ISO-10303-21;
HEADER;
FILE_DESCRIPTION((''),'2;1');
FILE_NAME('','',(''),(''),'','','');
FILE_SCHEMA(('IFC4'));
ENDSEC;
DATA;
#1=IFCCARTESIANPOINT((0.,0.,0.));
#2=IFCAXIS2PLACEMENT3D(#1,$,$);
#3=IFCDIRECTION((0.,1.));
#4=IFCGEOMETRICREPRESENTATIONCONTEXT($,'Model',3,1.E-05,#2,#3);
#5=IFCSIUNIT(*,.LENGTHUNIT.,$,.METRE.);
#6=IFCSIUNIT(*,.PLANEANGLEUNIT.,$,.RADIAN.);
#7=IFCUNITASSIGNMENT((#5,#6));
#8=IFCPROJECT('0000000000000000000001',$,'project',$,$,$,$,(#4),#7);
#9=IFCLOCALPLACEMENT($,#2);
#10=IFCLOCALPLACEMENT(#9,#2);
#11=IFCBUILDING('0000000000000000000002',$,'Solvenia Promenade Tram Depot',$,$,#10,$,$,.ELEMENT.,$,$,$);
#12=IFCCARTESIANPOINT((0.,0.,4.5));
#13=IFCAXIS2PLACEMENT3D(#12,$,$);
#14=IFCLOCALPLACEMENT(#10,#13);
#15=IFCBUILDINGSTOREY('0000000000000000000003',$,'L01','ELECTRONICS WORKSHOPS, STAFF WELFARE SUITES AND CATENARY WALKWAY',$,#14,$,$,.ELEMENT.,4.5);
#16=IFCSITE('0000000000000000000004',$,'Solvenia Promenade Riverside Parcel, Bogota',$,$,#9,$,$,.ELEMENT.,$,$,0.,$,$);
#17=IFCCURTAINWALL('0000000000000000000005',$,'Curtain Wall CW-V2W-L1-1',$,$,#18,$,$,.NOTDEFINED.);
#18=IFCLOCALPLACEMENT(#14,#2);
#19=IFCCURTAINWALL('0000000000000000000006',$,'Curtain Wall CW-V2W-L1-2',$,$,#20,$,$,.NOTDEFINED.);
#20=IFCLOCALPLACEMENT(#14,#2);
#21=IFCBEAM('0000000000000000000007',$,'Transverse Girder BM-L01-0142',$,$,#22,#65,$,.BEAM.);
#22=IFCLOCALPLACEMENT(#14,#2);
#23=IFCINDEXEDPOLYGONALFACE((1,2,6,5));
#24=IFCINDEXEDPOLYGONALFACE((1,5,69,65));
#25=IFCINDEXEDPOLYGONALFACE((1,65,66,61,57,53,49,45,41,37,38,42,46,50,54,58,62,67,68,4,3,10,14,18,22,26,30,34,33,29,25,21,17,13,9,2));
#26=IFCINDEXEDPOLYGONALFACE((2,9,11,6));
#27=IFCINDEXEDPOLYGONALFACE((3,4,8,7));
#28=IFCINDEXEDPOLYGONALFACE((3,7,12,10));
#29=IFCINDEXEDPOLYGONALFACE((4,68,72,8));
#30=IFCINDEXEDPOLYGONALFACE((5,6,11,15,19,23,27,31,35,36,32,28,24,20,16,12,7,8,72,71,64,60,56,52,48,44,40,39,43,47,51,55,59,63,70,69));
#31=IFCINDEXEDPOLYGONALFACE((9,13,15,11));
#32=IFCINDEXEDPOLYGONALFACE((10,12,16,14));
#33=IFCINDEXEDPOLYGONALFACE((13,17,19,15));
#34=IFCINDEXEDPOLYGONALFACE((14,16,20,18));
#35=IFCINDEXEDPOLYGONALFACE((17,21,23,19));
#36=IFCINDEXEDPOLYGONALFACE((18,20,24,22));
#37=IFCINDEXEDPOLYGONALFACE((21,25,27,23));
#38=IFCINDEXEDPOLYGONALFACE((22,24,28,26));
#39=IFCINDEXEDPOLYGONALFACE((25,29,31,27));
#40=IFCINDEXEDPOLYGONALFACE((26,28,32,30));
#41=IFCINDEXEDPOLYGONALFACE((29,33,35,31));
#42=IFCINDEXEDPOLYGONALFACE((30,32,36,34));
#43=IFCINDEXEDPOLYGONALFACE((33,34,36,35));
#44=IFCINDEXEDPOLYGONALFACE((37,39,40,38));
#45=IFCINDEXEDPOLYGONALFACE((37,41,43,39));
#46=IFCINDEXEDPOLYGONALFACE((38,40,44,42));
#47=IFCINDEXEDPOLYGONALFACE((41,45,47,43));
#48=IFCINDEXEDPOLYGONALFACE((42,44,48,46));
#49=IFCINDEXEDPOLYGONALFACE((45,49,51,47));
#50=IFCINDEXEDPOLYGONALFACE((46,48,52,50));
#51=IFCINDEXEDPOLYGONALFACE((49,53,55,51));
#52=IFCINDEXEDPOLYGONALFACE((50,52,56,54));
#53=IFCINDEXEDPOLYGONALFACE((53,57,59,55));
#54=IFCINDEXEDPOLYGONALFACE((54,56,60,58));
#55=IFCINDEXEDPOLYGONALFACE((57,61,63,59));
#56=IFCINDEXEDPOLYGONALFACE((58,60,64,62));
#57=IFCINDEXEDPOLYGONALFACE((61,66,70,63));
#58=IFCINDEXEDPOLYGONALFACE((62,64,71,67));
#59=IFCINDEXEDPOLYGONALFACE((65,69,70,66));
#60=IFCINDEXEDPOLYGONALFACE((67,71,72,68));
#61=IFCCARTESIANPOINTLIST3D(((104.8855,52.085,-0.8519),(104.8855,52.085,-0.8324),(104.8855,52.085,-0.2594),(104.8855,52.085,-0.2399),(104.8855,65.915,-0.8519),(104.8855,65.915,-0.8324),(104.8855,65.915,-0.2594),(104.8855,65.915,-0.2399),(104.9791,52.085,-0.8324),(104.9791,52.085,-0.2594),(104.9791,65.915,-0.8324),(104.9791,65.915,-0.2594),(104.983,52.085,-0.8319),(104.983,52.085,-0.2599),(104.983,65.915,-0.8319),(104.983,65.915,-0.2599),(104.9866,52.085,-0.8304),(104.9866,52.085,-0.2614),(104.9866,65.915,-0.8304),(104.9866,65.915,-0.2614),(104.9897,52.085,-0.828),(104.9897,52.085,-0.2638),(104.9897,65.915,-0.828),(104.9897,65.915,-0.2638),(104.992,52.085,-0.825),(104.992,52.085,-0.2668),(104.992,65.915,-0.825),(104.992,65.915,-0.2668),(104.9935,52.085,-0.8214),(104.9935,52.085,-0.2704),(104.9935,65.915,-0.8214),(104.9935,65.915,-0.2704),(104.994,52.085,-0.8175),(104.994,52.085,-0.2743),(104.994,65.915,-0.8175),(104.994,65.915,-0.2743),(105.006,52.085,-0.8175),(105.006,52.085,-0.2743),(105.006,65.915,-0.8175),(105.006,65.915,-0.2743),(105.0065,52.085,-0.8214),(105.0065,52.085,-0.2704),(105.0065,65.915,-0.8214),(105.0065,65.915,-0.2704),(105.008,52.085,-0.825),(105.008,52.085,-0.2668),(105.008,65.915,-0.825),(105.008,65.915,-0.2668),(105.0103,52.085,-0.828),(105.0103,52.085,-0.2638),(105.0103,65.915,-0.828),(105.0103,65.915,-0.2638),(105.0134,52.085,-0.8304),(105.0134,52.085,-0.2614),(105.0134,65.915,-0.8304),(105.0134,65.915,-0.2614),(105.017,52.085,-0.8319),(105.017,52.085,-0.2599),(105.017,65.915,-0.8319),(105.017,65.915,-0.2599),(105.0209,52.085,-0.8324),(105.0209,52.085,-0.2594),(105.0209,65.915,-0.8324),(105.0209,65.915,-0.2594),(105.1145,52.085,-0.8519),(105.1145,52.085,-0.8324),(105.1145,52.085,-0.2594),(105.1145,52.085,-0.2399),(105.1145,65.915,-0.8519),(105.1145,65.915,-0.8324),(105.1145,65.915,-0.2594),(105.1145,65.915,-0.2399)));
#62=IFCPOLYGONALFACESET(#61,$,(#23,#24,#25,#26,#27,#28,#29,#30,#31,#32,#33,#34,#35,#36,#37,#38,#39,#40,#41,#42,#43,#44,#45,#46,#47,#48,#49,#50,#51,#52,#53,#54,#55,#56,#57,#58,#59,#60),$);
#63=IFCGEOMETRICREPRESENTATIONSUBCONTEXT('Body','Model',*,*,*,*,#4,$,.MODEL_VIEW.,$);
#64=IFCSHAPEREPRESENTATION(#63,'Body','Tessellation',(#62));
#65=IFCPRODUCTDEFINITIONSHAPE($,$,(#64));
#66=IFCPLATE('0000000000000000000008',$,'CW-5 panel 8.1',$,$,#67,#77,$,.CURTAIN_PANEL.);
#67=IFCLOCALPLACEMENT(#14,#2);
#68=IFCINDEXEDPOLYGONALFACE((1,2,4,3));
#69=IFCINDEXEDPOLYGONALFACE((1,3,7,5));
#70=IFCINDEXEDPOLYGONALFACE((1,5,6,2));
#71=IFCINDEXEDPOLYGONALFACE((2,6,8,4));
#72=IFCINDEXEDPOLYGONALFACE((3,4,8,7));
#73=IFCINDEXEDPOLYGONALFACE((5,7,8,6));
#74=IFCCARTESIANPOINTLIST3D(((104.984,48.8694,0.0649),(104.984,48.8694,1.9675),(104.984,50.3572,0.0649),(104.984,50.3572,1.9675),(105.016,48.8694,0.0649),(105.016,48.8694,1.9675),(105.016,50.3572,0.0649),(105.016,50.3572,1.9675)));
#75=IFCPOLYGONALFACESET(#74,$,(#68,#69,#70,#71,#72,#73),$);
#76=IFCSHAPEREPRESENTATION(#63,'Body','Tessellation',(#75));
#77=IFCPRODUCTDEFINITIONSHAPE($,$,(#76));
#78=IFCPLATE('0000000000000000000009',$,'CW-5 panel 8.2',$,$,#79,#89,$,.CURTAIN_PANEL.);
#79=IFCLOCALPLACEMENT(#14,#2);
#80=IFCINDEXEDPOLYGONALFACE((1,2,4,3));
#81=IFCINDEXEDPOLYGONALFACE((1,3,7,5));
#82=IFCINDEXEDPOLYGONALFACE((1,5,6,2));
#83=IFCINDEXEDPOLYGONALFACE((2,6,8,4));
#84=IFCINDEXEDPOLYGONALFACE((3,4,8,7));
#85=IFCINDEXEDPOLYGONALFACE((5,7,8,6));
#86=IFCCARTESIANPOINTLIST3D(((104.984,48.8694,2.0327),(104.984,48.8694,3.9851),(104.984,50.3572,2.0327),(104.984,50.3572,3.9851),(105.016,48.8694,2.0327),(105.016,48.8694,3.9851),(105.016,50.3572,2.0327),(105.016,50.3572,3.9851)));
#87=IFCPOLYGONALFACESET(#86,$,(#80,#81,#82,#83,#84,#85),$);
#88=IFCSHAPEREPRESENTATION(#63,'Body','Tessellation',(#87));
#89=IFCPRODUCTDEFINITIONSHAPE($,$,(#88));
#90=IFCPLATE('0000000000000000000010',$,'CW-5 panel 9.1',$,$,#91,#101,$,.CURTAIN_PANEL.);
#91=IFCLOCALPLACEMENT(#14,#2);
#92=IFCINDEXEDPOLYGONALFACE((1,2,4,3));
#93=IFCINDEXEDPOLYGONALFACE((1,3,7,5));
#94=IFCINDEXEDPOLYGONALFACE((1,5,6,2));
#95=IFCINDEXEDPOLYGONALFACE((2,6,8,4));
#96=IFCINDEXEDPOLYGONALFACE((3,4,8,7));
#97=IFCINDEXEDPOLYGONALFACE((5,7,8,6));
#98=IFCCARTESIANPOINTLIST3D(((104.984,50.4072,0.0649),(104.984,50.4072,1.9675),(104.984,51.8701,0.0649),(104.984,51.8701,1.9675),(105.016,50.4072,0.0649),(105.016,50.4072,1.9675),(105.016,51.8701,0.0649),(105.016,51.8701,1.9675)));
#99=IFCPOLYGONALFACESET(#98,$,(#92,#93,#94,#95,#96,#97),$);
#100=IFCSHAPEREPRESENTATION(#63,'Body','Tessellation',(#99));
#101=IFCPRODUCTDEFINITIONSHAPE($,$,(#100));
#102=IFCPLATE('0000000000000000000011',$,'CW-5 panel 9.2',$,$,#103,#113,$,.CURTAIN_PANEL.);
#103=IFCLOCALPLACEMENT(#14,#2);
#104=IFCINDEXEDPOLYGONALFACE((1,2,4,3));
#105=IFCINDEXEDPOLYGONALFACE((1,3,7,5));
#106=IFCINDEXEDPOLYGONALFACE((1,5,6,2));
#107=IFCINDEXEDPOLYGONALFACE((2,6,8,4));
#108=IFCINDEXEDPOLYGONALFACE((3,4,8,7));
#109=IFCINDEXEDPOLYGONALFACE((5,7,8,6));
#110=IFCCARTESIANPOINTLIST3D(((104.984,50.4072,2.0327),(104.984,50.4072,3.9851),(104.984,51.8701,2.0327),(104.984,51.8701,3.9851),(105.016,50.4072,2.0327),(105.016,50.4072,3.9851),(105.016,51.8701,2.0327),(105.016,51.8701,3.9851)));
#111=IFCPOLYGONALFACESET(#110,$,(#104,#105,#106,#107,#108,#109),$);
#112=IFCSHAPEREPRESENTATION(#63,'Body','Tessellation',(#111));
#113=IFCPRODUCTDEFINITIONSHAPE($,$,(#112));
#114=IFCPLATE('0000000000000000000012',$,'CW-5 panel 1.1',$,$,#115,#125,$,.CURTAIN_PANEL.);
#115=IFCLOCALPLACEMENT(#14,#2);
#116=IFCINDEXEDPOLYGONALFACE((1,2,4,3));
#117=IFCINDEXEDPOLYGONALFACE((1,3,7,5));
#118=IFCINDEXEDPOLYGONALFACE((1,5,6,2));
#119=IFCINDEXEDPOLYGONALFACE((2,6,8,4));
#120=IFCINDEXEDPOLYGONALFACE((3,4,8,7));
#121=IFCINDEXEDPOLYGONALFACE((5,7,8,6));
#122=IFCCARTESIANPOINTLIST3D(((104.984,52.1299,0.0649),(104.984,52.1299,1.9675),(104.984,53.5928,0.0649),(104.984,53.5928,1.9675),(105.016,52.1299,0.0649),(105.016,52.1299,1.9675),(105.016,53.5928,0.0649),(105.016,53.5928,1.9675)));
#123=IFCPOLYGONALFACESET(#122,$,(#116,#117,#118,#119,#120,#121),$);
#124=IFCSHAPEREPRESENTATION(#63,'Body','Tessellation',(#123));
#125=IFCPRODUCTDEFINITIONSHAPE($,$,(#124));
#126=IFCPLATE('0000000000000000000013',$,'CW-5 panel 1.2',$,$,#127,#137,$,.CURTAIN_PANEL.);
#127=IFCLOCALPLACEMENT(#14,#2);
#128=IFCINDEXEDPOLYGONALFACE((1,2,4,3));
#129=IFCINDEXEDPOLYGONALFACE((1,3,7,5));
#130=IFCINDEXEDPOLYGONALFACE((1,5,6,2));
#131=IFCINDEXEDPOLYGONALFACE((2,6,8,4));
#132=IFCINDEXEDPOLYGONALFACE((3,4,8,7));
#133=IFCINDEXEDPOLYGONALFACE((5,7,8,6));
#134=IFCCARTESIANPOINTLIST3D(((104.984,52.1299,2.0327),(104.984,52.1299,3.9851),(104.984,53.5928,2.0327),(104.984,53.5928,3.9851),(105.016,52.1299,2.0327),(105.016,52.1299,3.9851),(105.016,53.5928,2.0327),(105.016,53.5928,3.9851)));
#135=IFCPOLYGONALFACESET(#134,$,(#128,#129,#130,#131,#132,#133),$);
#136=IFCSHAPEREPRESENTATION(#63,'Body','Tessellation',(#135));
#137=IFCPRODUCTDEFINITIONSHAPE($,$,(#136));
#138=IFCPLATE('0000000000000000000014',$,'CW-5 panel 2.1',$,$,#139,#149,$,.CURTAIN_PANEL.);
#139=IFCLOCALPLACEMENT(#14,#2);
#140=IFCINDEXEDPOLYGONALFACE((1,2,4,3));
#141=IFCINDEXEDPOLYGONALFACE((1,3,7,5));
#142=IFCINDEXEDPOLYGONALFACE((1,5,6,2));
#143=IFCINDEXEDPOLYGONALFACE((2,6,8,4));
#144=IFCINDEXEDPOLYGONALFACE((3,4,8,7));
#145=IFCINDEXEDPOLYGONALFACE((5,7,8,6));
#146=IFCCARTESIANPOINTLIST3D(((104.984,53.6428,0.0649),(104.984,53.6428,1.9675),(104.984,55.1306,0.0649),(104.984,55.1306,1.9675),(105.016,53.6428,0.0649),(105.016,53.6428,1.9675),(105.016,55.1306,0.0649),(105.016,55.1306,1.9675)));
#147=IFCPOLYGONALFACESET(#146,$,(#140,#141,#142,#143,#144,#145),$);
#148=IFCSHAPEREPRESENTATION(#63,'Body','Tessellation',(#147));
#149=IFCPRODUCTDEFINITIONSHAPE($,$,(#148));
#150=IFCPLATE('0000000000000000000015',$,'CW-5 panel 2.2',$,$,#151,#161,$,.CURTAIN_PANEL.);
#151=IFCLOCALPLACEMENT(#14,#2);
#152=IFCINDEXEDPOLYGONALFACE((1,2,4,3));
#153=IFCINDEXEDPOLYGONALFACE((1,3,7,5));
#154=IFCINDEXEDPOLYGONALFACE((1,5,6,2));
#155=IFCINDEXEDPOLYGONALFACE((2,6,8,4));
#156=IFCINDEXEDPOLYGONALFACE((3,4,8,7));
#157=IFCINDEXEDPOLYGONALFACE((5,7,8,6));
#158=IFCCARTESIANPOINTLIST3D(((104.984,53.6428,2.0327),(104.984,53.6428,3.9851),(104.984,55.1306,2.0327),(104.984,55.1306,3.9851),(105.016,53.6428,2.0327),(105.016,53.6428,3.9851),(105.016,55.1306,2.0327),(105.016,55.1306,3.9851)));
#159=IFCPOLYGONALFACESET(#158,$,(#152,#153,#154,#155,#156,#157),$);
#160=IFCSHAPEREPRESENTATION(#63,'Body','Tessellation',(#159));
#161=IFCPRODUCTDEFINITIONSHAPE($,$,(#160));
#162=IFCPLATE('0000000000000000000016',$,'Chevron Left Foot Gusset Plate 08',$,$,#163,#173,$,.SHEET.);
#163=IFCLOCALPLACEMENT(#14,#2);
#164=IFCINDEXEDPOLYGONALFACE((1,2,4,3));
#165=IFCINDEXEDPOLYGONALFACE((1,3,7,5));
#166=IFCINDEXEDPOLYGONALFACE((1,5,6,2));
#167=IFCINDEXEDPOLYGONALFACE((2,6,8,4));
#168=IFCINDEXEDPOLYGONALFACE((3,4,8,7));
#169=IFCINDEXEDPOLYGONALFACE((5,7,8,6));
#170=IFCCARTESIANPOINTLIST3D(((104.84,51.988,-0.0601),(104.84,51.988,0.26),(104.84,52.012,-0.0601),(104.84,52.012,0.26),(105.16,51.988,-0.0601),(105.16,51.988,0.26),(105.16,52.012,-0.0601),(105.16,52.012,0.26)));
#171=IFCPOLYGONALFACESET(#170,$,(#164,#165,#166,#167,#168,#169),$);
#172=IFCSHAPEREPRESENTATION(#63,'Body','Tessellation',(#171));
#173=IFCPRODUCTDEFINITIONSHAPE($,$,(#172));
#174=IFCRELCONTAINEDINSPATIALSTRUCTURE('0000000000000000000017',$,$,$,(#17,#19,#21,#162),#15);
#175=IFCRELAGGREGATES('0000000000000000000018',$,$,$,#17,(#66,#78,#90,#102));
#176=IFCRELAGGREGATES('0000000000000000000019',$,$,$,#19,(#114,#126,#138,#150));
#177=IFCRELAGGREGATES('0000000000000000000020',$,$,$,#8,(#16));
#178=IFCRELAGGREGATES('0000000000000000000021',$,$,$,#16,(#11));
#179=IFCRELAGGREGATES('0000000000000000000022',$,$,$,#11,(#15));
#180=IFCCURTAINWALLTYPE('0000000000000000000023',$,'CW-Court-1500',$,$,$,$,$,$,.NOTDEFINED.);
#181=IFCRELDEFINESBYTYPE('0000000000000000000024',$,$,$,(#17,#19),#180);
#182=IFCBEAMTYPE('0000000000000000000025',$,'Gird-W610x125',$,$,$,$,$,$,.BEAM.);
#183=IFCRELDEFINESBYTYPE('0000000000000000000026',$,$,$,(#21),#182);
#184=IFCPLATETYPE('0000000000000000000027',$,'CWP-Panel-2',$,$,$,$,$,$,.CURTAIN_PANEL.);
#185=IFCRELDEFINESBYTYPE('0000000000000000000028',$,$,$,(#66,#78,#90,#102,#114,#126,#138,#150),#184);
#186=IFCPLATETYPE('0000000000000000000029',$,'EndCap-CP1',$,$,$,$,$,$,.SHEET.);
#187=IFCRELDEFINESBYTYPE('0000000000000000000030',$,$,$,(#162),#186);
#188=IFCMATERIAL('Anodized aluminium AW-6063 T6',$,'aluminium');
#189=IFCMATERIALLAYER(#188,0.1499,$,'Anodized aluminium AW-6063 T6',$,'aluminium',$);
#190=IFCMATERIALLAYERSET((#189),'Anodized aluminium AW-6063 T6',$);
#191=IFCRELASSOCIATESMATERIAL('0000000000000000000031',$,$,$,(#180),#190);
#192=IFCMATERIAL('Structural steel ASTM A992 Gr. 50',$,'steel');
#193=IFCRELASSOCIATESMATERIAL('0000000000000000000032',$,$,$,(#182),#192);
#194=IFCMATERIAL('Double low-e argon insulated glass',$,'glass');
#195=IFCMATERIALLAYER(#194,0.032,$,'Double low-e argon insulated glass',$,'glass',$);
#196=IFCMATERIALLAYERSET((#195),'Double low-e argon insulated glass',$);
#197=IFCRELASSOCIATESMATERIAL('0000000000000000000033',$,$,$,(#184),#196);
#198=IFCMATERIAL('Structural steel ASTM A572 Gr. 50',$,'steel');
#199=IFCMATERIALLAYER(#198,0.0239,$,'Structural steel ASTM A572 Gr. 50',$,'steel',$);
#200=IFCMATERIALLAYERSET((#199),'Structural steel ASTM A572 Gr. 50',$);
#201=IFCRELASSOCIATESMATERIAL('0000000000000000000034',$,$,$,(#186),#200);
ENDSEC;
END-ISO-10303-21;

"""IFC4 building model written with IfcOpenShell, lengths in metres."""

from ifc_helpers import new_model, si_unit, direction, frame, origin, origin_2d, place, context, subcontext, project, spatial, rectangle, i_section, extrude, material, layer, layer_set, material_profile, profile_set, type_object, element, aggregate, save


model = new_model("IFC4")

# Units and contexts
model_context = context("Model", 3, precision=1e-05, world=origin(), true_north=direction((0.0, 1.0)))
body_context = subcontext(model_context, "Body", "Model", "MODEL_VIEW")
ifc_project = project(units=[si_unit("LENGTHUNIT", "METRE"), si_unit("PLANEANGLEUNIT", "RADIAN")], contexts=[model_context])

# Site, building, storey
site_placement = place(None, origin())
site = spatial("IfcSite", under=ifc_project, at=site_placement, Name="Solvenia Promenade Riverside Parcel, Bogota", CompositionType="ELEMENT", RefElevation=0.0)
building_placement = place(site_placement, origin())
building = spatial("IfcBuilding", under=site, at=building_placement, Name="Solvenia Promenade Tram Depot", CompositionType="ELEMENT")
storey_placement = place(building_placement, frame((0.0, 0.0, 4.5)))
storey = spatial("IfcBuildingStorey", under=building, at=storey_placement, Name="L01", Description="ELECTRONICS WORKSHOPS, STAFF WELFARE SUITES AND CATENARY WALKWAY", CompositionType="ELEMENT", Elevation=4.5)

# Shared definitions
ifc_material_1 = material(Name="Structural steel ASTM A992 Gr. 50", Category="steel")

# Curtain walls
ifc_material_2 = material(Name="Anodized aluminium AW-6063 T6", Category="aluminium")
ifc_layer_1 = layer(ifc_material_2, 0.1499, Name="Anodized aluminium AW-6063 T6", Category="aluminium")
ifc_layer_set_1 = layer_set([ifc_layer_1], Name="Anodized aluminium AW-6063 T6")
curtain_wall_type = type_object("IfcCurtainWallType", Name="CW-Court-1500", PredefinedType="NOTDEFINED", material=ifc_layer_set_1)
curtain_wall_1_placement = place(storey_placement, origin())
curtain_wall_1 = element("IfcCurtainWall", 1, at=curtain_wall_1_placement, inside=storey, type_object=curtain_wall_type, Name="Curtain Wall CW-V2W-L1-1", PredefinedType="NOTDEFINED")
curtain_wall_2_placement = place(storey_placement, origin())
curtain_wall_2 = element("IfcCurtainWall", 2, at=curtain_wall_2_placement, inside=storey, type_object=curtain_wall_type, Name="Curtain Wall CW-V2W-L1-2", PredefinedType="NOTDEFINED")

# Beam
ifc_material_profile_1 = material_profile(ifc_material_1, i_section(OverallWidth=0.229, OverallDepth=0.6121, WebThickness=0.012, FlangeThickness=0.0195, FilletRadius=0.0149, at=origin_2d()), Name="W610x125", Category="steel")
ifc_profile_set_1 = profile_set([ifc_material_profile_1], Name="Structural steel ASTM A992 Gr. 50")
beam_type = type_object("IfcBeamType", Name="Gird-W610x125", PredefinedType="BEAM", material=ifc_profile_set_1)
beam_placement = place(storey_placement, frame((105.0, 52.085, -0.5459), z_axis=(0.0, 1.0, 0.0), x_axis=(-1.0, 0.0, 0.0)))
element("IfcBeam", 3, at=beam_placement, inside=storey, type_object=beam_type, Name="Transverse Girder BM-L01-0142", PredefinedType="BEAM", context=body_context, shape_type="SweptSolid", body=[
    extrude(i_section(OverallWidth=0.229, OverallDepth=0.6121, WebThickness=0.012, FlangeThickness=0.0195, FilletRadius=0.0149, at=origin_2d()), origin(), (0.0, 0.0, 1.0), 13.8301),
])

# Plates
ifc_material_3 = material(Name="Double low-e argon insulated glass", Category="glass")
ifc_layer_2 = layer(ifc_material_3, 0.032, Name="Double low-e argon insulated glass", Category="glass")
ifc_layer_set_2 = layer_set([ifc_layer_2], Name="Double low-e argon insulated glass")
plate_type_1 = type_object("IfcPlateType", Name="CWP-Panel-2", PredefinedType="CURTAIN_PANEL", material=ifc_layer_set_2)
plate_1_placement = place(storey_placement, frame((105.0, 49.6133, 0.0649), z_axis=(0.0, 0.0, 1.0), x_axis=(0.0, 1.0, 0.0)))
plate_1 = element("IfcPlate", 4, at=plate_1_placement, type_object=plate_type_1, Name="CW-5 panel 8.1", PredefinedType="CURTAIN_PANEL", context=body_context, shape_type="SweptSolid", body=[
    extrude(rectangle(XDim=1.4878, YDim=0.032, at=origin_2d()), origin(), (0.0, 0.0, 1.0), 1.9026),
])
plate_2_placement = place(storey_placement, frame((105.0, 49.6133, 2.0327), z_axis=(0.0, 0.0, 1.0), x_axis=(0.0, 1.0, 0.0)))
plate_2 = element("IfcPlate", 5, at=plate_2_placement, type_object=plate_type_1, Name="CW-5 panel 8.2", PredefinedType="CURTAIN_PANEL", context=body_context, shape_type="SweptSolid", body=[
    extrude(rectangle(XDim=1.4878, YDim=0.032, at=origin_2d()), origin(), (0.0, 0.0, 1.0), 1.9524),
])
plate_3_placement = place(storey_placement, frame((105.0, 51.1387, 0.0649), z_axis=(0.0, 0.0, 1.0), x_axis=(0.0, 1.0, 0.0)))
plate_3 = element("IfcPlate", 6, at=plate_3_placement, type_object=plate_type_1, Name="CW-5 panel 9.1", PredefinedType="CURTAIN_PANEL", context=body_context, shape_type="SweptSolid", body=[
    extrude(rectangle(XDim=1.4629, YDim=0.032, at=origin_2d()), origin(), (0.0, 0.0, 1.0), 1.9026),
])
plate_4_placement = place(storey_placement, frame((105.0, 51.1387, 2.0327), z_axis=(0.0, 0.0, 1.0), x_axis=(0.0, 1.0, 0.0)))
plate_4 = element("IfcPlate", 7, at=plate_4_placement, type_object=plate_type_1, Name="CW-5 panel 9.2", PredefinedType="CURTAIN_PANEL", context=body_context, shape_type="SweptSolid", body=[
    extrude(rectangle(XDim=1.4629, YDim=0.032, at=origin_2d()), origin(), (0.0, 0.0, 1.0), 1.9524),
])
aggregate(curtain_wall_1, [plate_1, plate_2, plate_3, plate_4])
plate_5_placement = place(storey_placement, frame((105.0, 52.8613, 0.0649), z_axis=(0.0, 0.0, 1.0), x_axis=(0.0, 1.0, 0.0)))
plate_5 = element("IfcPlate", 8, at=plate_5_placement, type_object=plate_type_1, Name="CW-5 panel 1.1", PredefinedType="CURTAIN_PANEL", context=body_context, shape_type="SweptSolid", body=[
    extrude(rectangle(XDim=1.4629, YDim=0.032, at=origin_2d()), origin(), (0.0, 0.0, 1.0), 1.9026),
])
plate_6_placement = place(storey_placement, frame((105.0, 52.8613, 2.0327), z_axis=(0.0, 0.0, 1.0), x_axis=(0.0, 1.0, 0.0)))
plate_6 = element("IfcPlate", 9, at=plate_6_placement, type_object=plate_type_1, Name="CW-5 panel 1.2", PredefinedType="CURTAIN_PANEL", context=body_context, shape_type="SweptSolid", body=[
    extrude(rectangle(XDim=1.4629, YDim=0.032, at=origin_2d()), origin(), (0.0, 0.0, 1.0), 1.9524),
])
plate_7_placement = place(storey_placement, frame((105.0, 54.3867, 0.0649), z_axis=(0.0, 0.0, 1.0), x_axis=(0.0, 1.0, 0.0)))
plate_7 = element("IfcPlate", 10, at=plate_7_placement, type_object=plate_type_1, Name="CW-5 panel 2.1", PredefinedType="CURTAIN_PANEL", context=body_context, shape_type="SweptSolid", body=[
    extrude(rectangle(XDim=1.4878, YDim=0.032, at=origin_2d()), origin(), (0.0, 0.0, 1.0), 1.9026),
])
plate_8_placement = place(storey_placement, frame((105.0, 54.3867, 2.0327), z_axis=(0.0, 0.0, 1.0), x_axis=(0.0, 1.0, 0.0)))
plate_8 = element("IfcPlate", 11, at=plate_8_placement, type_object=plate_type_1, Name="CW-5 panel 2.2", PredefinedType="CURTAIN_PANEL", context=body_context, shape_type="SweptSolid", body=[
    extrude(rectangle(XDim=1.4878, YDim=0.032, at=origin_2d()), origin(), (0.0, 0.0, 1.0), 1.9524),
])
aggregate(curtain_wall_2, [plate_5, plate_6, plate_7, plate_8])
ifc_material_4 = material(Name="Structural steel ASTM A572 Gr. 50", Category="steel")
ifc_layer_3 = layer(ifc_material_4, 0.0239, Name="Structural steel ASTM A572 Gr. 50", Category="steel")
ifc_layer_set_3 = layer_set([ifc_layer_3], Name="Structural steel ASTM A572 Gr. 50")
plate_type_2 = type_object("IfcPlateType", Name="EndCap-CP1", PredefinedType="SHEET", material=ifc_layer_set_3)
plate_9_placement = place(storey_placement, frame((105.0, 52.0, -0.0601), z_axis=(0.0, 0.0, 1.0), x_axis=(1.0, 0.0, 0.0)))
element("IfcPlate", 12, at=plate_9_placement, inside=storey, type_object=plate_type_2, Name="Chevron Left Foot Gusset Plate 08", PredefinedType="SHEET", context=body_context, shape_type="SweptSolid", body=[
    extrude(rectangle(XDim=0.3201, YDim=0.0239, at=origin_2d()), origin(), (0.0, 0.0, 1.0), 0.3201),
])

save(model, "model.ifc")
